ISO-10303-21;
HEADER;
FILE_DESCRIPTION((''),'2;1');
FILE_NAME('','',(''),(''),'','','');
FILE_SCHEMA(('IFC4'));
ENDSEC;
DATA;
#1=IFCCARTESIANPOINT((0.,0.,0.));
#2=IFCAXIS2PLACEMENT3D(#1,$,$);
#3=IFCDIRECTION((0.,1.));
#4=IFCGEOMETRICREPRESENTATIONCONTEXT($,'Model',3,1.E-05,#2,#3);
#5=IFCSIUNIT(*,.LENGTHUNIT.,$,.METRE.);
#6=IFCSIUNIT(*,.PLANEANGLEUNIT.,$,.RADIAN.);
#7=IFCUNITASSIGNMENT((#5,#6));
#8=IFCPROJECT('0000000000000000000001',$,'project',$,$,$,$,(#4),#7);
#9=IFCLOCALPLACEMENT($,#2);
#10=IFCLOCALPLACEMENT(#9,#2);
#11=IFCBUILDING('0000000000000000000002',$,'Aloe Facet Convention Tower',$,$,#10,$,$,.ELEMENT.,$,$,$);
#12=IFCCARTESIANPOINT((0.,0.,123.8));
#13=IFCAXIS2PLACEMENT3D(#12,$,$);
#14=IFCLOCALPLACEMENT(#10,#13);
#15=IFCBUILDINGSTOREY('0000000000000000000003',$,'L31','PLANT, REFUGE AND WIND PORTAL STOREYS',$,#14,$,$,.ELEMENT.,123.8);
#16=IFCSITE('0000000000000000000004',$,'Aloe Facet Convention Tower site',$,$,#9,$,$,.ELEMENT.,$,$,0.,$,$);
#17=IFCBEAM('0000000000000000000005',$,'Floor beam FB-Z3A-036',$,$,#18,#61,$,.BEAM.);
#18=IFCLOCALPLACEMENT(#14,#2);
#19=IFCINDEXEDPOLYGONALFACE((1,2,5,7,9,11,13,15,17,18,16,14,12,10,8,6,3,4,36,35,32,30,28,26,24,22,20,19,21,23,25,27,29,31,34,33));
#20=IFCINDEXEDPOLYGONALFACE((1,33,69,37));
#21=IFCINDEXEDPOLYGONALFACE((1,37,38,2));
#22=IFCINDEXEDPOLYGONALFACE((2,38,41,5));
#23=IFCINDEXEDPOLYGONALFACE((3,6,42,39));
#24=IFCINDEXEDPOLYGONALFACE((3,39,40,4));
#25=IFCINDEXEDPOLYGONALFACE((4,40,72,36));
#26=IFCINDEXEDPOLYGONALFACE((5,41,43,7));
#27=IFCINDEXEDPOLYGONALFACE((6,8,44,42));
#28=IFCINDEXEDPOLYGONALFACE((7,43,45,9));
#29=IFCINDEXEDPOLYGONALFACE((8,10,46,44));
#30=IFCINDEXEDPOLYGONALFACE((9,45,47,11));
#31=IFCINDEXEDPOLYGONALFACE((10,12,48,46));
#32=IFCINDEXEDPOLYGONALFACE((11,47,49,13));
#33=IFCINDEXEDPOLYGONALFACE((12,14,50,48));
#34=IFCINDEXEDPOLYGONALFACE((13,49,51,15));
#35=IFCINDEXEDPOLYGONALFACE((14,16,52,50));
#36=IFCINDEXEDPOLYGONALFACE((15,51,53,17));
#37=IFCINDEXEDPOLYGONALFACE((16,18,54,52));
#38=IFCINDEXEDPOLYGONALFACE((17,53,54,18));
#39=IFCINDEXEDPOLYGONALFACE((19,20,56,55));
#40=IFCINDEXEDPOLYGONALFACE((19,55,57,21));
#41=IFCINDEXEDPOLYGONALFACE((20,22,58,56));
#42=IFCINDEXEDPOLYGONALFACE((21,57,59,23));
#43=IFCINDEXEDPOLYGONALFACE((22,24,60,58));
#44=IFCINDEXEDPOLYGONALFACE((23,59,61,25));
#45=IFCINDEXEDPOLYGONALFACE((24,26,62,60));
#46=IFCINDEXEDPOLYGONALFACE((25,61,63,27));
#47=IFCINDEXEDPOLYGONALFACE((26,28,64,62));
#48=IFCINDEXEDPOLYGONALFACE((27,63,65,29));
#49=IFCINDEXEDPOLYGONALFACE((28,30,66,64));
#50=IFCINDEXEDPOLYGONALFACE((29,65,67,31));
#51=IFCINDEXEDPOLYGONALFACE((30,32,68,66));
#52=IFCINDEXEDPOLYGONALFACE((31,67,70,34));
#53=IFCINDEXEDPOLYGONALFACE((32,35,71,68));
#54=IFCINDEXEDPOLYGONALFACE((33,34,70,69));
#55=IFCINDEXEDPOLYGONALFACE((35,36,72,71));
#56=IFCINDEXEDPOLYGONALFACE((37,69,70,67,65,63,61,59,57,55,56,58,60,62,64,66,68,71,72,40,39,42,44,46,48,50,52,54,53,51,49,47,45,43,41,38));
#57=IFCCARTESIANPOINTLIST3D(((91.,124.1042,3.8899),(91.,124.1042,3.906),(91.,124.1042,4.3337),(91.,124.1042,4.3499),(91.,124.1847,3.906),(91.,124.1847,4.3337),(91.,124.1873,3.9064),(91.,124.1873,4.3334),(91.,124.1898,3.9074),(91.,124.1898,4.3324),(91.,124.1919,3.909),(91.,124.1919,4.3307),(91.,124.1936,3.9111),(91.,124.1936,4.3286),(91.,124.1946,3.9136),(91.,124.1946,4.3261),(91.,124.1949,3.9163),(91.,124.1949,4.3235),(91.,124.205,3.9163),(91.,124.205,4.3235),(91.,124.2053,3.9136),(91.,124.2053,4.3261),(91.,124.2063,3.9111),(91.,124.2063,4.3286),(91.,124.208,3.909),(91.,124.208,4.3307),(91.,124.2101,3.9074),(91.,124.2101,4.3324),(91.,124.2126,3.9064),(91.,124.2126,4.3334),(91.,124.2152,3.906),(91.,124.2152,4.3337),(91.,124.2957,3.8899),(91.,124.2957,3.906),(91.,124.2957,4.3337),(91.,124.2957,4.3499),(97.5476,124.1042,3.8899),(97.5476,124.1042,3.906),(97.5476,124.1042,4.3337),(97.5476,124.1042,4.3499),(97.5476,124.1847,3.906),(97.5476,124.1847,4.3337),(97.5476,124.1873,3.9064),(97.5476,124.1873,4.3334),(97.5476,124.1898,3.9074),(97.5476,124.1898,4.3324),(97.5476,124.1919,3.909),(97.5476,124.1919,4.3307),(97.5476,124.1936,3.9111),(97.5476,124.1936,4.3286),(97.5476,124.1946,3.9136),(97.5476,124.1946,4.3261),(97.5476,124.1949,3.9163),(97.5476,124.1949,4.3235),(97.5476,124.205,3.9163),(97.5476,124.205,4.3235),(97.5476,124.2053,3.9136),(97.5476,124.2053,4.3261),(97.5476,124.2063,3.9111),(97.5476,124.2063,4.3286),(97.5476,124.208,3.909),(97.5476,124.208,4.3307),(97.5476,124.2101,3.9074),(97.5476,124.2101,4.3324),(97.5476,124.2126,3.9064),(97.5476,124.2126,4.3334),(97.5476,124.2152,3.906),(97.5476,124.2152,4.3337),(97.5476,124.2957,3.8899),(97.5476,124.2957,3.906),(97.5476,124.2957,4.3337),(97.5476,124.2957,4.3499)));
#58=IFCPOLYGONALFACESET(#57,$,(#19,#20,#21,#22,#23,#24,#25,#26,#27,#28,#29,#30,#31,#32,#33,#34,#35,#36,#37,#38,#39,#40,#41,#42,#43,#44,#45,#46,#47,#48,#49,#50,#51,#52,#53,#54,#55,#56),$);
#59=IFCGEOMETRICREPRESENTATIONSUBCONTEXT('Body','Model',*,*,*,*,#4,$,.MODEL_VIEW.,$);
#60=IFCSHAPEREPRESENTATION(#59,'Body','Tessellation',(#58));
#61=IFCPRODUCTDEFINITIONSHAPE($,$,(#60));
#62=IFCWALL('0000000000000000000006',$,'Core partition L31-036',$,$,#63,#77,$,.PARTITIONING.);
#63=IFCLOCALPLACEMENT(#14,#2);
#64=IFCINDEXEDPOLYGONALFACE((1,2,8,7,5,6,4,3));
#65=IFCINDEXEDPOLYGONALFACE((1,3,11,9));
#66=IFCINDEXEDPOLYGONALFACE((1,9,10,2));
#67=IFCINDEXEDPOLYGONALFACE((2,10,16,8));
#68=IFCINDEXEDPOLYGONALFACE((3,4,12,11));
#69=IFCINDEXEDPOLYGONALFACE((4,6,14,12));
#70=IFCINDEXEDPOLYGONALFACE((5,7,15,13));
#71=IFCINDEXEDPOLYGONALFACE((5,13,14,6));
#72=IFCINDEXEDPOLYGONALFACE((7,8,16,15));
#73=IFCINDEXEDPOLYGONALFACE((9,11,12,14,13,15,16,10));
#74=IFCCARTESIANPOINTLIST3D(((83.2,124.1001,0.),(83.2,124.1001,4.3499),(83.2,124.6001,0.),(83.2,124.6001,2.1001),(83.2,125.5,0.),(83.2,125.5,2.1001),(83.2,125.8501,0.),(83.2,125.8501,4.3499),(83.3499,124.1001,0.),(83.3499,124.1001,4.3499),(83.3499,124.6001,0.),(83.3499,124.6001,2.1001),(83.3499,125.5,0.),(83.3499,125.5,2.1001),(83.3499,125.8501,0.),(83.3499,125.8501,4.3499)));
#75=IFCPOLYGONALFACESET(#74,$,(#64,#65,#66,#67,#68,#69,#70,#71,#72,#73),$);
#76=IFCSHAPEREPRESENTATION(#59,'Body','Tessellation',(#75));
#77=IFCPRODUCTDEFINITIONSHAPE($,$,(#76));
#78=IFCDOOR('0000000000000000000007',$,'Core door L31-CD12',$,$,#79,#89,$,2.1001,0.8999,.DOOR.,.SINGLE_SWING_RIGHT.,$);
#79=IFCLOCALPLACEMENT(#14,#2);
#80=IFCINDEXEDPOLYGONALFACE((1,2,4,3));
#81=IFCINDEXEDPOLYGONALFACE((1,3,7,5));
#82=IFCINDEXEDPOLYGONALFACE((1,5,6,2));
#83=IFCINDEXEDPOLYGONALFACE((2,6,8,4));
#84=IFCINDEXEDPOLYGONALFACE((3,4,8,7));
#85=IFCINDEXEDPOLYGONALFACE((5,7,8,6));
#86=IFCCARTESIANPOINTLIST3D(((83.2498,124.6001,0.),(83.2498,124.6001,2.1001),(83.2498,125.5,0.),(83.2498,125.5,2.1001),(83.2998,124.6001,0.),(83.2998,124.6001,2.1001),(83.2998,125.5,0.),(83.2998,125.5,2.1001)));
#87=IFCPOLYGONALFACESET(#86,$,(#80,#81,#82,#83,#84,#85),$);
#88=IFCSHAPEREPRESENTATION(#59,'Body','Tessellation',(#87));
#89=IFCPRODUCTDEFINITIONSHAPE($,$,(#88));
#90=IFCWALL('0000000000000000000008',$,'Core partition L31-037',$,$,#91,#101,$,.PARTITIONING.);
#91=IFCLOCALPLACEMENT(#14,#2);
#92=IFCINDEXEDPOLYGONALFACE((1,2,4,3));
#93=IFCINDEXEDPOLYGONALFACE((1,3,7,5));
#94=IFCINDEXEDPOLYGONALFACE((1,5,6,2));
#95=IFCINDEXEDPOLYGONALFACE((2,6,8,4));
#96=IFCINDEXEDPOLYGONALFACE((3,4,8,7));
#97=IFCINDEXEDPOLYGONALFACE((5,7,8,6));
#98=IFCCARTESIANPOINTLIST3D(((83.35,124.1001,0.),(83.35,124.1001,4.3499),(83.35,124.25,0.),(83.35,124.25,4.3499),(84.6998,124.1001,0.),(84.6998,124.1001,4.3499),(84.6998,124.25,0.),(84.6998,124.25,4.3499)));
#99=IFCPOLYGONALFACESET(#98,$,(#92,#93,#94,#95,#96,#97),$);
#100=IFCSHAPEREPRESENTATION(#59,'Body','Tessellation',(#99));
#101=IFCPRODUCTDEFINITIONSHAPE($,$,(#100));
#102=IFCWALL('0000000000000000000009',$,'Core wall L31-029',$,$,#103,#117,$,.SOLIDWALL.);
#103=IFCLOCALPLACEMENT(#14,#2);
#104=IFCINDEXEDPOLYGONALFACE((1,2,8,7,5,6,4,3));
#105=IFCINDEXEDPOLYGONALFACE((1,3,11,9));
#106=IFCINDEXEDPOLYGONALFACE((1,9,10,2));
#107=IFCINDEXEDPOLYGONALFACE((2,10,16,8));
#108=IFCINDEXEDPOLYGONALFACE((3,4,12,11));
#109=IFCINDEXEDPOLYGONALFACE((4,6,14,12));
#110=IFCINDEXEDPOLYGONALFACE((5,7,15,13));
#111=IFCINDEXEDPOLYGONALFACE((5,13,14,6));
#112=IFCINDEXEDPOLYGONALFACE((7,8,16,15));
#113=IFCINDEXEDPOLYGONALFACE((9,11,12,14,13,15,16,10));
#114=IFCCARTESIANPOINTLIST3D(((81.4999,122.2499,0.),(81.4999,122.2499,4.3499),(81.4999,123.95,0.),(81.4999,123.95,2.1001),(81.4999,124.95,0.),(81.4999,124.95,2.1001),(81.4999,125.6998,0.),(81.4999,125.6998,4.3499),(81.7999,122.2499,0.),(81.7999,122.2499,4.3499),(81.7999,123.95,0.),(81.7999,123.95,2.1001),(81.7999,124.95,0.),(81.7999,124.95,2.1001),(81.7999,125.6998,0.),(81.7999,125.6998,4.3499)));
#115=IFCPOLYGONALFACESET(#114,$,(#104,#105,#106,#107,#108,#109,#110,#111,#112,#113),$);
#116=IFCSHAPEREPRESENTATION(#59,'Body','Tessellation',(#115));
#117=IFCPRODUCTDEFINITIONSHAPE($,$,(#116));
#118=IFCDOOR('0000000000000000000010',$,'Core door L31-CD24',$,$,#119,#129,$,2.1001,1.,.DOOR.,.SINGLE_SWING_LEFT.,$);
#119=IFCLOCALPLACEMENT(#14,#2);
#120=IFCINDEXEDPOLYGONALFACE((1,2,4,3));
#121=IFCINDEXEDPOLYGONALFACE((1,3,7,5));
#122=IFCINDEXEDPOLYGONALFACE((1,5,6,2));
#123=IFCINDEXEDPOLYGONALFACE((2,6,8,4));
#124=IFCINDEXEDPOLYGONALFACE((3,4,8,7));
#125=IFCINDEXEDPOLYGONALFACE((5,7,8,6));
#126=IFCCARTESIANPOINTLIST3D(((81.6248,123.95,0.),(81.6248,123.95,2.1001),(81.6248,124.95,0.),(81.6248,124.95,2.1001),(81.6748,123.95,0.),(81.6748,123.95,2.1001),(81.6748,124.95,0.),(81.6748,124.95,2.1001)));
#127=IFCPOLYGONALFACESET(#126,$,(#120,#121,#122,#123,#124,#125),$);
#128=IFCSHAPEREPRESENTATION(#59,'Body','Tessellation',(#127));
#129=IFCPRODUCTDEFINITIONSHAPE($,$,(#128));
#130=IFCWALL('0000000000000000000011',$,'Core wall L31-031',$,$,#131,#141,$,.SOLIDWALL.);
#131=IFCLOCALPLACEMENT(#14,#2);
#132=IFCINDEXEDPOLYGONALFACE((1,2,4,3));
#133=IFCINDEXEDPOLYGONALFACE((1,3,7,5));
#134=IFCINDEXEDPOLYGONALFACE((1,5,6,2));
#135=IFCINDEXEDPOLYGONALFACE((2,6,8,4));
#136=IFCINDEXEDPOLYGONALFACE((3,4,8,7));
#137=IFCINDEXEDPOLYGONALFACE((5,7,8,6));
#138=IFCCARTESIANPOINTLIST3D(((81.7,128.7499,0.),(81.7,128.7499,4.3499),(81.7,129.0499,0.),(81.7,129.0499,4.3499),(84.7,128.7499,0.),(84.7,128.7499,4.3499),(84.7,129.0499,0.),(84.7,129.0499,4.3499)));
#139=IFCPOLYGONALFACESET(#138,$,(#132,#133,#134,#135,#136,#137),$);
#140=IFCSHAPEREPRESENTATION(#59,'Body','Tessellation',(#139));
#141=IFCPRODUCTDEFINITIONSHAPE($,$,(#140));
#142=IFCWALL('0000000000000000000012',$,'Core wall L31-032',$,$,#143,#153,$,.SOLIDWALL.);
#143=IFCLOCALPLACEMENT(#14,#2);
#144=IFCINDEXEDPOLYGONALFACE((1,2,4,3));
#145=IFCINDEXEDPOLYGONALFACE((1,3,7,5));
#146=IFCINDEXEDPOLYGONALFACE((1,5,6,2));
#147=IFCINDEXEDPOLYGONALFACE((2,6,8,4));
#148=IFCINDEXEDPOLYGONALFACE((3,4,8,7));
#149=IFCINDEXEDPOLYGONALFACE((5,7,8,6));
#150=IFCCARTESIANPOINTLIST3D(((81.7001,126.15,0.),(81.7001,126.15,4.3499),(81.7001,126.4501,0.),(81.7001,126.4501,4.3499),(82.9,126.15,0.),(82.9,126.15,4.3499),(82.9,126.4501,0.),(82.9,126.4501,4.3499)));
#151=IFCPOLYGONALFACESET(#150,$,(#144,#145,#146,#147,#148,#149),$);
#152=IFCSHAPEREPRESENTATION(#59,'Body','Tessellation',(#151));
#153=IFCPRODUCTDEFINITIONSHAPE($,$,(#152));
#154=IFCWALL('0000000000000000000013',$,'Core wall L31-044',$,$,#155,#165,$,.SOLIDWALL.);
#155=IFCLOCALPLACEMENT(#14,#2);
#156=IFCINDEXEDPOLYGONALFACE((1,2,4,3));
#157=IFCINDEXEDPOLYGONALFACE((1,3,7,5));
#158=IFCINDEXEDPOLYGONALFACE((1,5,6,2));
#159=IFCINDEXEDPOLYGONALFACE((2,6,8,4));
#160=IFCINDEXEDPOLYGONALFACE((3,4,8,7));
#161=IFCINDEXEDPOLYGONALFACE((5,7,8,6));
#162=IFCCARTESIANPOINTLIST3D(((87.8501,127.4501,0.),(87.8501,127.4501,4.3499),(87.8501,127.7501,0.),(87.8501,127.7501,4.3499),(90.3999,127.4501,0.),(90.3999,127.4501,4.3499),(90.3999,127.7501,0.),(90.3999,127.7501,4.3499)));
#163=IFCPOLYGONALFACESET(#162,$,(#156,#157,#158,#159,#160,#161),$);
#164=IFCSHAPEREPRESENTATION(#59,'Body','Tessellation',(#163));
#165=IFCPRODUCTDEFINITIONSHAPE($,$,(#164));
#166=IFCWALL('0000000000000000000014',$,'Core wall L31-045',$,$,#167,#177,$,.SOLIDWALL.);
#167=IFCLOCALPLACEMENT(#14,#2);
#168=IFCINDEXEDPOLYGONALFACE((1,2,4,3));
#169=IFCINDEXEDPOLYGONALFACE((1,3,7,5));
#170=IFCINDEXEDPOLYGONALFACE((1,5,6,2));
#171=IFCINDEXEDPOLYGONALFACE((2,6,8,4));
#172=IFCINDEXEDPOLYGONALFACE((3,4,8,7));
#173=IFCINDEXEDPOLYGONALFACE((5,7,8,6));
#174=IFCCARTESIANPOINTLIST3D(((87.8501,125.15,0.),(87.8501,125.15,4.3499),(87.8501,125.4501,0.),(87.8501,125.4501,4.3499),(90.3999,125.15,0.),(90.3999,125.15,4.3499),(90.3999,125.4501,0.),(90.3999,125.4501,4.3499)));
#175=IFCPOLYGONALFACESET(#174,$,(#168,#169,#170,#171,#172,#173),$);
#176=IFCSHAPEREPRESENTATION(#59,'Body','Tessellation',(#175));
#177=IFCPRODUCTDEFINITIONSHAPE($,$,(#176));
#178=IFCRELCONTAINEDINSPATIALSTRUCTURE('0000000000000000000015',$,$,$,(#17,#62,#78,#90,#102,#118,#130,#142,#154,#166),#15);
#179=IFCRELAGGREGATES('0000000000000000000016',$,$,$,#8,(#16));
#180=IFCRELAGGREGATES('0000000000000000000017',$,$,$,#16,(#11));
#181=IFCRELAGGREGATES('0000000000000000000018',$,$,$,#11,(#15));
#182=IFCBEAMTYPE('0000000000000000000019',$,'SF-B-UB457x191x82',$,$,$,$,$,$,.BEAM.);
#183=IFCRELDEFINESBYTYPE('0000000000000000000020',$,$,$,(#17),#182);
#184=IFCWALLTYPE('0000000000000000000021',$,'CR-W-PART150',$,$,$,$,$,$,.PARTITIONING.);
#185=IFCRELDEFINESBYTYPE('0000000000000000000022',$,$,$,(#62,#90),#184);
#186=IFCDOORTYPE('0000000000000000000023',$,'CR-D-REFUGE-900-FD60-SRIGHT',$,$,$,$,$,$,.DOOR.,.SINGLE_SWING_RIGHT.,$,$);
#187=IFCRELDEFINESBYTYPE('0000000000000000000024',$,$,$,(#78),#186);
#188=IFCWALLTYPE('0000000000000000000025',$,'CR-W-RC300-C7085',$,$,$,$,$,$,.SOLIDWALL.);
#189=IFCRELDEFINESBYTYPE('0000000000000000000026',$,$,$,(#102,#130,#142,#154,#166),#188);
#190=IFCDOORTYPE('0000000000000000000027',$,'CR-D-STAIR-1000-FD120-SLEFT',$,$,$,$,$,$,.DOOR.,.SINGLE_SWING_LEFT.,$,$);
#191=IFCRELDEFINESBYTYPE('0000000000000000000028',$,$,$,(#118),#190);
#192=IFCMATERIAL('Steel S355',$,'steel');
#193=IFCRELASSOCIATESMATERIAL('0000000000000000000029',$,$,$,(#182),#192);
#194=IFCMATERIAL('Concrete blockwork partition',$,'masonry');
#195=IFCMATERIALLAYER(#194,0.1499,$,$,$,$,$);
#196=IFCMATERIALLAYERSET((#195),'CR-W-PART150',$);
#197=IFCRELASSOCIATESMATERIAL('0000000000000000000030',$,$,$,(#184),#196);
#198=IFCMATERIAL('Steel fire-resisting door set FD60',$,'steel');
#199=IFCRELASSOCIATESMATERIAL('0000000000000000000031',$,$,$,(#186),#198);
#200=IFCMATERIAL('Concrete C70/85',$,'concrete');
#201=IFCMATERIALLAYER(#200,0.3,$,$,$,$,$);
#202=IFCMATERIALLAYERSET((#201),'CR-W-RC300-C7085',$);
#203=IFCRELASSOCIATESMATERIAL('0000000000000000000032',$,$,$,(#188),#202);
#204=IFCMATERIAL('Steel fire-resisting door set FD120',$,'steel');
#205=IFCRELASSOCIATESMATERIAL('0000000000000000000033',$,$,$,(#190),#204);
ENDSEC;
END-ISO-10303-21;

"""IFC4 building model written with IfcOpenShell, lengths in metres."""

from ifc_helpers import new_model, si_unit, direction, frame, frame_2d, origin, origin_2d, place, context, subcontext, project, spatial, rectangle, i_section, extrude, material, layer, layer_set, material_profile, profile_set, type_object, element, fill, save


model = new_model("IFC4")

# Units and contexts
model_context = context("Model", 3, precision=1e-05, world=origin(), true_north=direction((0.0, 1.0)))
body_context = subcontext(model_context, "Body", "Model", "MODEL_VIEW")
ifc_project = project(units=[si_unit("LENGTHUNIT", "METRE"), si_unit("PLANEANGLEUNIT", "RADIAN")], contexts=[model_context])

# Site, building, storey
site_placement = place(None, origin())
site = spatial("IfcSite", under=ifc_project, at=site_placement, Name="Aloe Facet Convention Tower site", CompositionType="ELEMENT", RefElevation=0.0)
building_placement = place(site_placement, origin())
building = spatial("IfcBuilding", under=site, at=building_placement, Name="Aloe Facet Convention Tower", CompositionType="ELEMENT")
storey_placement = place(building_placement, frame((0.0, 0.0, 123.8)))
storey = spatial("IfcBuildingStorey", under=building, at=storey_placement, Name="L31", Description="PLANT, REFUGE AND WIND PORTAL STOREYS", CompositionType="ELEMENT", Elevation=123.8)

# Beam
ifc_material_1 = material(Name="Steel S355", Category="steel")
ifc_material_profile = material_profile(ifc_material_1, i_section(OverallWidth=0.1914, OverallDepth=0.46, WebThickness=0.01, FlangeThickness=0.0161, FilletRadius=0.0103, at=origin_2d()), Name="UB 457x191x82")
ifc_profile_set = profile_set([ifc_material_profile], Name="Steel S355")
beam_type = type_object("IfcBeamType", Name="SF-B-UB457x191x82", PredefinedType="BEAM", material=ifc_profile_set)
beam_placement = place(storey_placement, frame((91.0, 124.2, 4.1199), z_axis=(1.0, 0.0, 0.0), x_axis=(0.0, 1.0, 0.0)))
element("IfcBeam", 1, at=beam_placement, inside=storey, type_object=beam_type, Name="Floor beam FB-Z3A-036", PredefinedType="BEAM", context=body_context, shape_type="SweptSolid", body=[
    extrude(i_section(OverallWidth=0.1914, OverallDepth=0.46, WebThickness=0.01, FlangeThickness=0.0161, FilletRadius=0.0103, at=origin_2d()), origin(), (0.0, 0.0, 1.0), 6.5476),
])

# Wall, opening, door
ifc_material_2 = material(Name="Concrete blockwork partition", Category="masonry")
ifc_layer_1 = layer(ifc_material_2, 0.1499)
ifc_layer_set_1 = layer_set([ifc_layer_1], Name="CR-W-PART150")
wall_type_1 = type_object("IfcWallType", Name="CR-W-PART150", PredefinedType="PARTITIONING", material=ifc_layer_set_1)
wall_1_placement = place(storey_placement, frame((83.2749, 125.8501, 0.0), z_axis=(0.0, 0.0, 1.0), x_axis=(0.0, -1.0, 0.0)))
wall_1 = element("IfcWall", 2, at=wall_1_placement, inside=storey, type_object=wall_type_1, Name="Core partition L31-036", PredefinedType="PARTITIONING", context=body_context, shape_type="SweptSolid", body=[
    extrude(rectangle(XDim=1.75, YDim=0.1499, at=frame_2d((0.875, 0.0))), origin(), (0.0, 0.0, 1.0), 4.3499),
])
opening_1_placement = place(wall_1_placement, frame((0.3501, 0.0, 0.0)))
opening_1 = element("IfcOpeningElement", 3, at=opening_1_placement, cuts=wall_1, PredefinedType="OPENING", context=body_context, shape_type="SweptSolid", body=[
    extrude(rectangle(XDim=0.8999, YDim=2.1001, at=frame_2d((0.45, 1.05))), frame((0.0, 0.085, 0.0), z_axis=(0.0, -1.0, 0.0), x_axis=(1.0, 0.0, 0.0)), (0.0, 0.0, 1.0), 0.1699),
])
ifc_material_3 = material(Name="Steel fire-resisting door set FD60", Category="steel")
door_type_1 = type_object("IfcDoorType", Name="CR-D-REFUGE-900-FD60-SRIGHT", OperationType="SINGLE_SWING_RIGHT", PredefinedType="DOOR", material=ifc_material_3)
door_1_placement = place(opening_1_placement, origin())
door_1 = element("IfcDoor", 4, at=door_1_placement, inside=storey, type_object=door_type_1, Name="Core door L31-CD12", OperationType="SINGLE_SWING_RIGHT", OverallHeight=2.1001, OverallWidth=0.8999, PredefinedType="DOOR", context=body_context, shape_type="SweptSolid", body=[
    extrude(rectangle(XDim=0.8999, YDim=2.1001, at=frame_2d((0.45, 1.05))), frame((0.0, 0.0249, 0.0), z_axis=(0.0, -1.0, 0.0), x_axis=(1.0, 0.0, 0.0)), (0.0, 0.0, 1.0), 0.05),
])
fill(opening_1, door_1)

# Wall
wall_2_placement = place(storey_placement, frame((83.3501, 124.175, 0.0), z_axis=(0.0, 0.0, 1.0), x_axis=(1.0, 0.0, 0.0)))
element("IfcWall", 5, at=wall_2_placement, inside=storey, type_object=wall_type_1, Name="Core partition L31-037", PredefinedType="PARTITIONING", context=body_context, shape_type="SweptSolid", body=[
    extrude(rectangle(XDim=1.3499, YDim=0.1499, at=frame_2d((0.6748, 0.0))), origin(), (0.0, 0.0, 1.0), 4.3499),
])

# Wall, opening, door
ifc_material_4 = material(Name="Concrete C70/85", Category="concrete")
ifc_layer_2 = layer(ifc_material_4, 0.3)
ifc_layer_set_2 = layer_set([ifc_layer_2], Name="CR-W-RC300-C7085")
wall_type_2 = type_object("IfcWallType", Name="CR-W-RC300-C7085", PredefinedType="SOLIDWALL", material=ifc_layer_set_2)
wall_3_placement = place(storey_placement, frame((81.6499, 125.7, 0.0), z_axis=(0.0, 0.0, 1.0), x_axis=(0.0, -1.0, 0.0)))
wall_3 = element("IfcWall", 6, at=wall_3_placement, inside=storey, type_object=wall_type_2, Name="Core wall L31-029", PredefinedType="SOLIDWALL", context=body_context, shape_type="SweptSolid", body=[
    extrude(rectangle(XDim=3.45, YDim=0.3, at=frame_2d((1.7251, 0.0))), origin(), (0.0, 0.0, 1.0), 4.3499),
])
opening_2_placement = place(wall_3_placement, frame((0.75, 0.0, 0.0)))
opening_2 = element("IfcOpeningElement", 7, at=opening_2_placement, cuts=wall_3, PredefinedType="OPENING", context=body_context, shape_type="SweptSolid", body=[
    extrude(rectangle(XDim=1.0, YDim=2.1001, at=frame_2d((0.5, 1.05))), frame((0.0, 0.1602, 0.0), z_axis=(0.0, -1.0, 0.0), x_axis=(1.0, 0.0, 0.0)), (0.0, 0.0, 1.0), 0.3201),
])
ifc_material_5 = material(Name="Steel fire-resisting door set FD120", Category="steel")
door_type_2 = type_object("IfcDoorType", Name="CR-D-STAIR-1000-FD120-SLEFT", OperationType="SINGLE_SWING_LEFT", PredefinedType="DOOR", material=ifc_material_5)
door_2_placement = place(opening_2_placement, origin())
door_2 = element("IfcDoor", 8, at=door_2_placement, inside=storey, type_object=door_type_2, Name="Core door L31-CD24", OperationType="SINGLE_SWING_LEFT", OverallHeight=2.1001, OverallWidth=1.0, PredefinedType="DOOR", context=body_context, shape_type="SweptSolid", body=[
    extrude(rectangle(XDim=1.0, YDim=2.1001, at=frame_2d((0.5, 1.05))), frame((0.0, 0.0249, 0.0), z_axis=(0.0, -1.0, 0.0), x_axis=(1.0, 0.0, 0.0)), (0.0, 0.0, 1.0), 0.05),
])
fill(opening_2, door_2)

# Walls
wall_4_placement = place(storey_placement, frame((81.7, 128.8999, 0.0), z_axis=(0.0, 0.0, 1.0), x_axis=(1.0, 0.0, 0.0)))
element("IfcWall", 9, at=wall_4_placement, inside=storey, type_object=wall_type_2, Name="Core wall L31-031", PredefinedType="SOLIDWALL", context=body_context, shape_type="SweptSolid", body=[
    extrude(rectangle(XDim=3.0, YDim=0.3, at=frame_2d((1.5, 0.0))), origin(), (0.0, 0.0, 1.0), 4.3499),
])
wall_5_placement = place(storey_placement, frame((81.7, 126.3, 0.0), z_axis=(0.0, 0.0, 1.0), x_axis=(1.0, 0.0, 0.0)))
element("IfcWall", 10, at=wall_5_placement, inside=storey, type_object=wall_type_2, Name="Core wall L31-032", PredefinedType="SOLIDWALL", context=body_context, shape_type="SweptSolid", body=[
    extrude(rectangle(XDim=1.2, YDim=0.3, at=frame_2d((0.6001, 0.0))), origin(), (0.0, 0.0, 1.0), 4.3499),
])
for number, where, z_axis, x_axis, name in (
    (11, (87.8501, 127.6001, 0.0), (0.0, 0.0, 1.0), (1.0, 0.0, 0.0), "Core wall L31-044"),
    (12, (87.8501, 125.3, 0.0), (0.0, 0.0, 1.0), (1.0, 0.0, 0.0), "Core wall L31-045"),
):
    element("IfcWall", number, at=place(storey_placement, frame(where, z_axis=z_axis, x_axis=x_axis)), inside=storey, type_object=wall_type_2, Name=name, PredefinedType="SOLIDWALL", context=body_context, shape_type="SweptSolid", body=[
        extrude(rectangle(XDim=2.5498, YDim=0.3, at=frame_2d((1.2749, 0.0))), origin(), (0.0, 0.0, 1.0), 4.3499),
    ])

save(model, "model.ifc")
